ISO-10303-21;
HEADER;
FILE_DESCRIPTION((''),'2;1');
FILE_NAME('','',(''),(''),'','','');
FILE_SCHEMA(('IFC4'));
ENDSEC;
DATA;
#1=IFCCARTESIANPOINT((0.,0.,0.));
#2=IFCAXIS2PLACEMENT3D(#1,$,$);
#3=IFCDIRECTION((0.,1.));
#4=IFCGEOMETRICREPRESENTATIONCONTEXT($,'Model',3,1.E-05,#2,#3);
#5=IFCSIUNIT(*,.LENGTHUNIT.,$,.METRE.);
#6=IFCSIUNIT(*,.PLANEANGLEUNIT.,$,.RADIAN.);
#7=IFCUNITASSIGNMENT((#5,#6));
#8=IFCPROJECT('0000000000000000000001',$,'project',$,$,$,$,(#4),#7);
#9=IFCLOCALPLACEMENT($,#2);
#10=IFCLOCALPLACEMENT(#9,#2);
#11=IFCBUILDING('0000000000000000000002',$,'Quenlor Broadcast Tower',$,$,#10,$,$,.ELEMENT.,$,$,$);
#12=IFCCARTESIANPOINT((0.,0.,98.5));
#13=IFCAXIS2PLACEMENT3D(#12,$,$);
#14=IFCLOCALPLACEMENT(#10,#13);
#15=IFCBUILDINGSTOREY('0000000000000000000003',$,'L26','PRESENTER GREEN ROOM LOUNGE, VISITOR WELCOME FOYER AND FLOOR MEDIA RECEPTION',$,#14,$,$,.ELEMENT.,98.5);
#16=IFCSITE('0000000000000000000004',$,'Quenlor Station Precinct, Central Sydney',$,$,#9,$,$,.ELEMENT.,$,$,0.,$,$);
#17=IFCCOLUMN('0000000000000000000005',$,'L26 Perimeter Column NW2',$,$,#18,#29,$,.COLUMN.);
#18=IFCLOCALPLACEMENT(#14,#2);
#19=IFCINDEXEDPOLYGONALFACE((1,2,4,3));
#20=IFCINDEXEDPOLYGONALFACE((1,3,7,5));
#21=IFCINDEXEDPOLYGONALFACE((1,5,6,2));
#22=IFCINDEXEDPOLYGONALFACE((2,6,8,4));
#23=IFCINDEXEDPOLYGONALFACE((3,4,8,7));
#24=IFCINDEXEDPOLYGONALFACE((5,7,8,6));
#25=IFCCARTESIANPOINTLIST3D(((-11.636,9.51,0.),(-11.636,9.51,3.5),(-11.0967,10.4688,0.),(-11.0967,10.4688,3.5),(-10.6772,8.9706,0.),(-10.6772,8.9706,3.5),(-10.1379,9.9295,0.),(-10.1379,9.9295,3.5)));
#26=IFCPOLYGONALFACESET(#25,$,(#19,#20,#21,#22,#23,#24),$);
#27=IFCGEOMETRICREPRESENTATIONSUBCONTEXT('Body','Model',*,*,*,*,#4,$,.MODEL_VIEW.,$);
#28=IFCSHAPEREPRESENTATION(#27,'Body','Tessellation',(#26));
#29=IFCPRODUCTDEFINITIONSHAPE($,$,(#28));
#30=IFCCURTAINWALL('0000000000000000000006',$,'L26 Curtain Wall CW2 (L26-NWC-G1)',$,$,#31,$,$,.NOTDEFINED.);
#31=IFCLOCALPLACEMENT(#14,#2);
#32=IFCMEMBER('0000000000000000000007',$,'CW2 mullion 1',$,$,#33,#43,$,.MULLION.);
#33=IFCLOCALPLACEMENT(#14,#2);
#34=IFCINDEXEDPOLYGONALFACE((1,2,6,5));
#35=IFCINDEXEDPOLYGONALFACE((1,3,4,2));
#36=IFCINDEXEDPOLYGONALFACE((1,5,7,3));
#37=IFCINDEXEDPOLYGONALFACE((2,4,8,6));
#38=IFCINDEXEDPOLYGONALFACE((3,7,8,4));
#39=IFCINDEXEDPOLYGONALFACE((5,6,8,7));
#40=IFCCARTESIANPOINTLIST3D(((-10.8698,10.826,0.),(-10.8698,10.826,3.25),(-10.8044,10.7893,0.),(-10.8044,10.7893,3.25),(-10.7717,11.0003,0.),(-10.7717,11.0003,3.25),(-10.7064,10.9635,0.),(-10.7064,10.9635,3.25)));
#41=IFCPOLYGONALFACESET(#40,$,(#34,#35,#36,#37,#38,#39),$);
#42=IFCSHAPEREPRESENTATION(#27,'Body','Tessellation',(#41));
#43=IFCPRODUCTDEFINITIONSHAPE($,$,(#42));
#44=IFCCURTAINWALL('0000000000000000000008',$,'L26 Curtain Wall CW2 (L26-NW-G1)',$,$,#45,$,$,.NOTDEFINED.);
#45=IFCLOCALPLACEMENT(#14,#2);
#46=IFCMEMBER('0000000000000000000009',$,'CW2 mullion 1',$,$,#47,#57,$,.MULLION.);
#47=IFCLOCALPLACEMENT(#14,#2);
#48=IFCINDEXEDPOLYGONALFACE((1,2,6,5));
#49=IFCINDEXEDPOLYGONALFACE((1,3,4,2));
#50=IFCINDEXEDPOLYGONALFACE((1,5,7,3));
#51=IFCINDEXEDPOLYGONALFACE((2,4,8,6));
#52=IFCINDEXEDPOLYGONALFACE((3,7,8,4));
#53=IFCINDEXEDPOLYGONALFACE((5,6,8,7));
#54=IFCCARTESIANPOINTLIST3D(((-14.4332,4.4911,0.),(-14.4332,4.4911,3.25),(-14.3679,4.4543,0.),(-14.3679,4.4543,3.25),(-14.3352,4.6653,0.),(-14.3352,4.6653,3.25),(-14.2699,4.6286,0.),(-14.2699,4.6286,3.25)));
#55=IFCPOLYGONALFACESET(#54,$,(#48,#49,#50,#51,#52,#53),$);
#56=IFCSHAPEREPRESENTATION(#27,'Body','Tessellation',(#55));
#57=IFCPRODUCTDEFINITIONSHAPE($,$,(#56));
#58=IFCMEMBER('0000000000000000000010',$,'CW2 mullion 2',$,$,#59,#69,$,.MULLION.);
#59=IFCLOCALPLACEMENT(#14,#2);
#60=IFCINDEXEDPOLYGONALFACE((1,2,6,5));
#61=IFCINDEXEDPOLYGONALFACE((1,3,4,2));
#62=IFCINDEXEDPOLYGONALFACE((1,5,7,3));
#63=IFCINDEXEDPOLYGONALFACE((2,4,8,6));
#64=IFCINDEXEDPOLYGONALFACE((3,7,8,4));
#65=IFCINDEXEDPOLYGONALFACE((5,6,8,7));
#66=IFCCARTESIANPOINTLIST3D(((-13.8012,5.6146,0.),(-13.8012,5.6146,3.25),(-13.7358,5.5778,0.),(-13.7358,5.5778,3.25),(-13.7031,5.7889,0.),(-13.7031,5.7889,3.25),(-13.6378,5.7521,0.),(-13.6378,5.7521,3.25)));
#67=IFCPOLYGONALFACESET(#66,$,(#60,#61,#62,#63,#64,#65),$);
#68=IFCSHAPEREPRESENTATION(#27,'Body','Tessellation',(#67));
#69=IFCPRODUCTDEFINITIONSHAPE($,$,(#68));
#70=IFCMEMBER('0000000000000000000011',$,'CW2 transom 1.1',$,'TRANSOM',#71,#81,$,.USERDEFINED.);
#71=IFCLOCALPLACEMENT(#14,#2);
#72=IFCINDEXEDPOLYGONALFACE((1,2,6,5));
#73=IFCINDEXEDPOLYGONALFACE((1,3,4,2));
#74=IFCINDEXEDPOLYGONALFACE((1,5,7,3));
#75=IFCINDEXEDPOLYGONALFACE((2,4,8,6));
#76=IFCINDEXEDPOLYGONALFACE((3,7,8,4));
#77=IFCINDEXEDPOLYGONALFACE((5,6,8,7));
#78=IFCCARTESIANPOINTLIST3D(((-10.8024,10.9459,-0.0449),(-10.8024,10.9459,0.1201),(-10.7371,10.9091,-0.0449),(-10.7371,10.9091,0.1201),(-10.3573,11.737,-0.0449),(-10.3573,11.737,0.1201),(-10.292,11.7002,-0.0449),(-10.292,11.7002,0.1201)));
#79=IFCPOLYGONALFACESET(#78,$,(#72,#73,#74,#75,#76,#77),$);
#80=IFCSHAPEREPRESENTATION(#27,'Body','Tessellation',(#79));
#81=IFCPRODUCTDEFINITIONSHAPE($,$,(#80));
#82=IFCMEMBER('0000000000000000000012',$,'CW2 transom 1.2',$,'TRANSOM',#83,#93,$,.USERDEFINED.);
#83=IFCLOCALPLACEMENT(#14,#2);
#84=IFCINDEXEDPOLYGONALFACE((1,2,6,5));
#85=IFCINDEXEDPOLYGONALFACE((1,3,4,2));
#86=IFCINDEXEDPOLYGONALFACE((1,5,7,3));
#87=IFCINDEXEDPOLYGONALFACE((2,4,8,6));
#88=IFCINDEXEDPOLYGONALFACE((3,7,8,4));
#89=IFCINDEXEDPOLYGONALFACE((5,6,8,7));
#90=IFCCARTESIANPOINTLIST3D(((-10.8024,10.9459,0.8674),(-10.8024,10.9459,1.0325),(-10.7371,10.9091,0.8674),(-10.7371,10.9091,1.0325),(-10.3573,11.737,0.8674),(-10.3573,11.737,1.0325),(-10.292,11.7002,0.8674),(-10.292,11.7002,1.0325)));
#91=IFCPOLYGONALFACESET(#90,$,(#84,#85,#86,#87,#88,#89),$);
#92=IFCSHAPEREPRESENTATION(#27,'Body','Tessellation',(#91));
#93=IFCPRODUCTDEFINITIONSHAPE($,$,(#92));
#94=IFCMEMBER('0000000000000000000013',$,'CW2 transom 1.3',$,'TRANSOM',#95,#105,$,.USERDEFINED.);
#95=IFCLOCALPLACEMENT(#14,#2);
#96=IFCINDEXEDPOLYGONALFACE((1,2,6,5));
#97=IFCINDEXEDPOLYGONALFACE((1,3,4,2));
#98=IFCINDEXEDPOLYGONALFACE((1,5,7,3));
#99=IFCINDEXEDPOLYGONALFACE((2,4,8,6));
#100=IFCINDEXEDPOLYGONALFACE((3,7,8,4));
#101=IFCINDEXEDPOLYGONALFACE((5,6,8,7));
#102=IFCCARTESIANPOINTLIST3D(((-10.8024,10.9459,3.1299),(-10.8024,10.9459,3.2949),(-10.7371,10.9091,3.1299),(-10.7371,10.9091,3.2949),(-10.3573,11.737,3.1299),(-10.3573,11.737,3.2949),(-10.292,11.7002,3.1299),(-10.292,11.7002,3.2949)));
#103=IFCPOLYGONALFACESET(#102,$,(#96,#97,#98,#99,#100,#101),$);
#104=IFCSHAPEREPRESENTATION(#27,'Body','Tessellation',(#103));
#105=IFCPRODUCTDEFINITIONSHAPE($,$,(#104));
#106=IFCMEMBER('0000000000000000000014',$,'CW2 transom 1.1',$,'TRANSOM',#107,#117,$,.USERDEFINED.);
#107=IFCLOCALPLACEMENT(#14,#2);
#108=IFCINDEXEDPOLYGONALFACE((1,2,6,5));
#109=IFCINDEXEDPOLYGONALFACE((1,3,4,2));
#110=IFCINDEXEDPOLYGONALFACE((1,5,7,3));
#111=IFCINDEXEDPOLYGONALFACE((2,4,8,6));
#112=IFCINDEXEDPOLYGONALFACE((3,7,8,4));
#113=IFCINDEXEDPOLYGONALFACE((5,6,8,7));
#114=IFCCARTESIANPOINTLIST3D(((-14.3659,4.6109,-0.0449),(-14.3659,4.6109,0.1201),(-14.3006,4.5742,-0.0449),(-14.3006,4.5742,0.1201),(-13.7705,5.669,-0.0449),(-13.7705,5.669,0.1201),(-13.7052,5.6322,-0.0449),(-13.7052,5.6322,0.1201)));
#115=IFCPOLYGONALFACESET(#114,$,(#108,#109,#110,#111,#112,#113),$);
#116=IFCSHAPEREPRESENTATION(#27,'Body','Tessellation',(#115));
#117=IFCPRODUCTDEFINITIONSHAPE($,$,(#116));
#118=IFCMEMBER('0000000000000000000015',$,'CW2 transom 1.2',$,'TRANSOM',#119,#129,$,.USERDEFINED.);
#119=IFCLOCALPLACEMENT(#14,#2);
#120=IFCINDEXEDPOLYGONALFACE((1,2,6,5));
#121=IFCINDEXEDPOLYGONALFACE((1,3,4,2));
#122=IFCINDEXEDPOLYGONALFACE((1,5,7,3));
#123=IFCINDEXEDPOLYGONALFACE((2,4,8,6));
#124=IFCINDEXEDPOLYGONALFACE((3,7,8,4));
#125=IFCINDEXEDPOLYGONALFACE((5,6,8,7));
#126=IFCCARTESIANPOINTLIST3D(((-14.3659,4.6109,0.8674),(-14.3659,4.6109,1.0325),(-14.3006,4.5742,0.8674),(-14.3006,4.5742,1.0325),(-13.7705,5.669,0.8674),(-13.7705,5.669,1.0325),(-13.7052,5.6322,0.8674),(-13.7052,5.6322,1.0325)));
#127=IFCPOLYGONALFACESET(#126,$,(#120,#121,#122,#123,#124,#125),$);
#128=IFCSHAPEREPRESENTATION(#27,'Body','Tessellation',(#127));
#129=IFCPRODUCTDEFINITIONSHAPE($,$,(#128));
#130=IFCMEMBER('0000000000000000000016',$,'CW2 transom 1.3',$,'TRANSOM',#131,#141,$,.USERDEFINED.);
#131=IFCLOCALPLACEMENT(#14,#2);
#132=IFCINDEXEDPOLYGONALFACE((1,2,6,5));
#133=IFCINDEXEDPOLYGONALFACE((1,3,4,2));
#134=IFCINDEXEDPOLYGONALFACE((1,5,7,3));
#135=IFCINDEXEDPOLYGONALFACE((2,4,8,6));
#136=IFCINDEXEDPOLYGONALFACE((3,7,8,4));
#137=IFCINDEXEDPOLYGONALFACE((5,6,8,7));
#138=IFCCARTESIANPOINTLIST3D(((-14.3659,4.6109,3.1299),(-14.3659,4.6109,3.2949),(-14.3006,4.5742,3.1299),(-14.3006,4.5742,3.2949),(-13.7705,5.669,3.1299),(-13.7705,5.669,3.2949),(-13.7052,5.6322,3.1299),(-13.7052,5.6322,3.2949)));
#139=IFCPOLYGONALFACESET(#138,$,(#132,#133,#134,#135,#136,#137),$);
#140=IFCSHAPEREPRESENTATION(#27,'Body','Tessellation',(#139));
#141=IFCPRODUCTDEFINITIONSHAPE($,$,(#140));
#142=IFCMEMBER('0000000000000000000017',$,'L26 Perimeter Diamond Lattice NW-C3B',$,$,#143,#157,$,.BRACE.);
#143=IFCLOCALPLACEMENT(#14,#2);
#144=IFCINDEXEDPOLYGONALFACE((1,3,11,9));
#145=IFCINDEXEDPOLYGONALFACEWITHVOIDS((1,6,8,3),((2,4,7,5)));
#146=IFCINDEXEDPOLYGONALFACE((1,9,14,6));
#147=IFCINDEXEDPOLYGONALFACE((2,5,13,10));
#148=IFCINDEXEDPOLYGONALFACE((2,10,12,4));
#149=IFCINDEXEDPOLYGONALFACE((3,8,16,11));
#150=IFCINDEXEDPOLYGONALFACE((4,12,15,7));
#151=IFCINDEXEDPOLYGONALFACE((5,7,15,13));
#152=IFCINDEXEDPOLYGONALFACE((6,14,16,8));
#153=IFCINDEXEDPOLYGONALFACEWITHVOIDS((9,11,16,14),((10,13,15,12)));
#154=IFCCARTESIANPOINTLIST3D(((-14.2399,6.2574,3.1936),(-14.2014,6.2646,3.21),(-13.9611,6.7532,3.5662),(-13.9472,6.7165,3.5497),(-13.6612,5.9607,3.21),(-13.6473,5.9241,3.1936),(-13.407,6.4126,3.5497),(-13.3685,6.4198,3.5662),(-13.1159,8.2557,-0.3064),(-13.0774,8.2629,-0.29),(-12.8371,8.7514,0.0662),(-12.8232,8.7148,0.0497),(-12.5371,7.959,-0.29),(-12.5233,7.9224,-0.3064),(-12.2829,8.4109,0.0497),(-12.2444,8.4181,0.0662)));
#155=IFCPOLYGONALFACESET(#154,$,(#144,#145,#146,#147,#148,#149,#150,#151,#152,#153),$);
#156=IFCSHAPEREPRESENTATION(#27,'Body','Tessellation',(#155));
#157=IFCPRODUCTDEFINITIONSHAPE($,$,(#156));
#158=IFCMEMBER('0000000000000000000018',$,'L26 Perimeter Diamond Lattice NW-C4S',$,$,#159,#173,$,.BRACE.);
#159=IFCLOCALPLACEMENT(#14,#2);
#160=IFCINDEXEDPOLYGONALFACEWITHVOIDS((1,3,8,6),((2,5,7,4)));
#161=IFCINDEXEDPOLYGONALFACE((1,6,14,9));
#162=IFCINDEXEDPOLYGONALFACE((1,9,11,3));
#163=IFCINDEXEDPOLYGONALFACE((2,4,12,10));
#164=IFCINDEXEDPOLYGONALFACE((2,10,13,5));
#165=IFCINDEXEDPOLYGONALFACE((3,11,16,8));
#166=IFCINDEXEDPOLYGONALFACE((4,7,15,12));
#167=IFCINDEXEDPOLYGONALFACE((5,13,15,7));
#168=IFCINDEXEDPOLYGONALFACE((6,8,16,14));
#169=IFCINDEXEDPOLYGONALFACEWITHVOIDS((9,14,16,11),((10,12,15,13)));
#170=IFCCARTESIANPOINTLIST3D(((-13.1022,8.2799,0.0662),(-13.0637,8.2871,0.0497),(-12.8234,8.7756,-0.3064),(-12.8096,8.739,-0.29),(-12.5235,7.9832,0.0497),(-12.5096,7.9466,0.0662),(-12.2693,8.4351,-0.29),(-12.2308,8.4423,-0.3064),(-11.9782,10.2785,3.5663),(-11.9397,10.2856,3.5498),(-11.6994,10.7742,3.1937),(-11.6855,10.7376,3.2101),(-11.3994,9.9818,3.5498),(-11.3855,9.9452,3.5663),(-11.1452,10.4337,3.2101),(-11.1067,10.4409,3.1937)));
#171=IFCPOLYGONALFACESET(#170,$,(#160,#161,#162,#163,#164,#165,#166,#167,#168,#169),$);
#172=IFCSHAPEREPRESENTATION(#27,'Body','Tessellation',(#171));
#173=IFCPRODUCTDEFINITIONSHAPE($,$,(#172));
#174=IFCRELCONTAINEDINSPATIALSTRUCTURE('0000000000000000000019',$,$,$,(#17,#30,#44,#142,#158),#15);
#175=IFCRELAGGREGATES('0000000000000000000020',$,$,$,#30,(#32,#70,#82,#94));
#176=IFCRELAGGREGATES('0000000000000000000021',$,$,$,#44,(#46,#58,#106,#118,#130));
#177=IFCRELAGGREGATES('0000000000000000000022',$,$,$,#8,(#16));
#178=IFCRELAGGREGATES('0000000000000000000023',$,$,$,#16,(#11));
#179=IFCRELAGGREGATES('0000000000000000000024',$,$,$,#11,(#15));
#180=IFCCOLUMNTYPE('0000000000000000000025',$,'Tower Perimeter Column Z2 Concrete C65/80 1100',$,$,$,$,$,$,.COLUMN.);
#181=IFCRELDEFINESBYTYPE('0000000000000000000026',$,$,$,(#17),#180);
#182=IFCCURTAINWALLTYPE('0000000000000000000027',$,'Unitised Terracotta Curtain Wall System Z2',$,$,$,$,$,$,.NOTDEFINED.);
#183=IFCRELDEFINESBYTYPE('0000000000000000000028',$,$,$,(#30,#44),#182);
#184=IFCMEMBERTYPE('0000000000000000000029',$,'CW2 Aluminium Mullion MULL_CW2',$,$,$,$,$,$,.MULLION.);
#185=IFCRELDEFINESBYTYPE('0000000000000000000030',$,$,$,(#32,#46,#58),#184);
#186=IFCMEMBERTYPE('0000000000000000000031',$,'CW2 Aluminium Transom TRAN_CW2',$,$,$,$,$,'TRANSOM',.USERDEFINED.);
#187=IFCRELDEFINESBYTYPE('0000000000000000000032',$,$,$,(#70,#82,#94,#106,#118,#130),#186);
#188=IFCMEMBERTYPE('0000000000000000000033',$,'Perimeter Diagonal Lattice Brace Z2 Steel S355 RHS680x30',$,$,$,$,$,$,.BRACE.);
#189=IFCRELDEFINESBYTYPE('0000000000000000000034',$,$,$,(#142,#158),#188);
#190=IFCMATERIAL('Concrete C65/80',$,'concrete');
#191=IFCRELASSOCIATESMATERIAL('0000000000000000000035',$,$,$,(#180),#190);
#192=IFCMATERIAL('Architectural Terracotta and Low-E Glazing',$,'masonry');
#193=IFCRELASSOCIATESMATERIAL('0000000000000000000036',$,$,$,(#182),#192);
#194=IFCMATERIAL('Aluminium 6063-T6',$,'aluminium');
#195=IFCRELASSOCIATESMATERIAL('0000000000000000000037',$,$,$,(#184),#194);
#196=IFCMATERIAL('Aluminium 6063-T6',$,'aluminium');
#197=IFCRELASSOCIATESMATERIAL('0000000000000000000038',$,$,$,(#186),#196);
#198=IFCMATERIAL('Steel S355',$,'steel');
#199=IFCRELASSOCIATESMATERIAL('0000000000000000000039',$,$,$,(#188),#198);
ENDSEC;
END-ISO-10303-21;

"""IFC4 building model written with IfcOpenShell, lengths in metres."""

from ifc_helpers import new_model, si_unit, direction, frame, origin, origin_2d, place, context, subcontext, project, spatial, rectangle, hollow_rectangle, extrude, material, material_profile, profile_set, type_object, element, aggregate, save


model = new_model("IFC4")

# Units and contexts
model_context = context("Model", 3, precision=1e-05, world=origin(), true_north=direction((0.0, 1.0)))
body_context = subcontext(model_context, "Body", "Model", "MODEL_VIEW")
ifc_project = project(units=[si_unit("LENGTHUNIT", "METRE"), si_unit("PLANEANGLEUNIT", "RADIAN")], contexts=[model_context])

# Site, building, storey
site_placement = place(None, origin())
site = spatial("IfcSite", under=ifc_project, at=site_placement, Name="Quenlor Station Precinct, Central Sydney", CompositionType="ELEMENT", RefElevation=0.0)
building_placement = place(site_placement, origin())
building = spatial("IfcBuilding", under=site, at=building_placement, Name="Quenlor Broadcast Tower", CompositionType="ELEMENT")
storey_placement = place(building_placement, frame((0.0, 0.0, 98.5)))
storey = spatial("IfcBuildingStorey", under=building, at=storey_placement, Name="L26", Description="PRESENTER GREEN ROOM LOUNGE, VISITOR WELCOME FOYER AND FLOOR MEDIA RECEPTION", CompositionType="ELEMENT", Elevation=98.5)

# Column
ifc_material_1 = material(Name="Concrete C65/80", Category="concrete")
ifc_material_profile_1 = material_profile(ifc_material_1, rectangle(XDim=1.1001, YDim=1.1001, at=origin_2d()))
ifc_profile_set_1 = profile_set([ifc_material_profile_1], Name="Concrete C65/80 RC1100x1100")
column_type = type_object("IfcColumnType", Name="Tower Perimeter Column Z2 Concrete C65/80 1100", PredefinedType="COLUMN", material=ifc_profile_set_1)
column_placement = place(storey_placement, frame((-10.887, 9.7197, 0.0), z_axis=(0.0, 0.0, 1.0), x_axis=(-0.871575, 0.490262, 0.0)))
element("IfcColumn", 1, at=column_placement, inside=storey, type_object=column_type, Name="L26 Perimeter Column NW2", PredefinedType="COLUMN", context=body_context, shape_type="SweptSolid", body=[
    extrude(rectangle(XDim=1.1001, YDim=1.1001, at=origin_2d()), origin(), (0.0, 0.0, 1.0), 3.5),
])

# Curtain wall, member
ifc_material_2 = material(Name="Architectural Terracotta and Low-E Glazing", Category="masonry")
curtain_wall_type = type_object("IfcCurtainWallType", Name="Unitised Terracotta Curtain Wall System Z2", PredefinedType="NOTDEFINED", material=ifc_material_2)
curtain_wall_1_placement = place(storey_placement, origin())
curtain_wall_1 = element("IfcCurtainWall", 2, at=curtain_wall_1_placement, inside=storey, type_object=curtain_wall_type, Name="L26 Curtain Wall CW2 (L26-NWC-G1)", PredefinedType="NOTDEFINED")
ifc_material_3 = material(Name="Aluminium 6063-T6", Category="aluminium")
ifc_material_profile_2 = material_profile(ifc_material_3, rectangle(XDim=0.075, YDim=0.2, at=origin_2d()))
ifc_profile_set_2 = profile_set([ifc_material_profile_2], Name="Aluminium 6063-T6 MULL75x200")
member_type_1 = type_object("IfcMemberType", Name="CW2 Aluminium Mullion MULL_CW2", PredefinedType="MULLION", material=ifc_profile_set_2)
member_1_placement = place(storey_placement, frame((-10.7881, 10.8948, 0.0), z_axis=(0.0, 0.0, 1.0), x_axis=(-0.871581, 0.490252, 0.0)))
member_1 = element("IfcMember", 3, at=member_1_placement, type_object=member_type_1, Name="CW2 mullion 1", PredefinedType="MULLION", context=body_context, shape_type="SweptSolid", body=[
    extrude(rectangle(XDim=0.075, YDim=0.2, at=origin_2d()), origin(), (0.0, 0.0, 1.0), 3.25),
])

# Curtain wall, members
curtain_wall_2_placement = place(storey_placement, origin())
curtain_wall_2 = element("IfcCurtainWall", 4, at=curtain_wall_2_placement, inside=storey, type_object=curtain_wall_type, Name="L26 Curtain Wall CW2 (L26-NW-G1)", PredefinedType="NOTDEFINED")
member_2_placement = place(storey_placement, frame((-14.3516, 4.5598, 0.0), z_axis=(0.0, 0.0, 1.0), x_axis=(-0.871579, 0.490254, 0.0)))
member_2 = element("IfcMember", 5, at=member_2_placement, type_object=member_type_1, Name="CW2 mullion 1", PredefinedType="MULLION", context=body_context, shape_type="SweptSolid", body=[
    extrude(rectangle(XDim=0.075, YDim=0.2, at=origin_2d()), origin(), (0.0, 0.0, 1.0), 3.25),
])
member_3_placement = place(storey_placement, frame((-13.7195, 5.6833, 0.0), z_axis=(0.0, 0.0, 1.0), x_axis=(-0.871579, 0.490254, 0.0)))
member_3 = element("IfcMember", 6, at=member_3_placement, type_object=member_type_1, Name="CW2 mullion 2", PredefinedType="MULLION", context=body_context, shape_type="SweptSolid", body=[
    extrude(rectangle(XDim=0.075, YDim=0.2, at=origin_2d()), origin(), (0.0, 0.0, 1.0), 3.25),
])

# Members
ifc_material_4 = material(Name="Aluminium 6063-T6", Category="aluminium")
ifc_material_profile_3 = material_profile(ifc_material_4, rectangle(XDim=0.075, YDim=0.165, at=origin_2d()))
ifc_profile_set_3 = profile_set([ifc_material_profile_3], Name="Aluminium 6063-T6 TRAN75x165")
member_type_2 = type_object("IfcMemberType", Name="CW2 Aluminium Transom TRAN_CW2", ElementType="TRANSOM", PredefinedType="USERDEFINED", material=ifc_profile_set_3)
member_4_placement = place(storey_placement, frame((-10.7698, 10.9275, 0.0376), z_axis=(0.490363, 0.871518, 0.0), x_axis=(-0.871518, 0.490363, 0.0)))
member_4 = element("IfcMember", 7, at=member_4_placement, type_object=member_type_2, Name="CW2 transom 1.1", ObjectType="TRANSOM", PredefinedType="USERDEFINED", context=body_context, shape_type="SweptSolid", body=[
    extrude(rectangle(XDim=0.075, YDim=0.165, at=origin_2d()), origin(), (0.0, 0.0, 1.0), 0.9077),
])
member_5_placement = place(storey_placement, frame((-10.7698, 10.9275, 0.95), z_axis=(0.490363, 0.871518, 0.0), x_axis=(-0.871518, 0.490363, 0.0)))
member_5 = element("IfcMember", 8, at=member_5_placement, type_object=member_type_2, Name="CW2 transom 1.2", ObjectType="TRANSOM", PredefinedType="USERDEFINED", context=body_context, shape_type="SweptSolid", body=[
    extrude(rectangle(XDim=0.075, YDim=0.165, at=origin_2d()), origin(), (0.0, 0.0, 1.0), 0.9077),
])
member_6_placement = place(storey_placement, frame((-10.7698, 10.9275, 3.2124), z_axis=(0.490363, 0.871518, 0.0), x_axis=(-0.871518, 0.490363, 0.0)))
member_6 = element("IfcMember", 9, at=member_6_placement, type_object=member_type_2, Name="CW2 transom 1.3", ObjectType="TRANSOM", PredefinedType="USERDEFINED", context=body_context, shape_type="SweptSolid", body=[
    extrude(rectangle(XDim=0.075, YDim=0.165, at=origin_2d()), origin(), (0.0, 0.0, 1.0), 0.9077),
])
aggregate(curtain_wall_1, [member_1, member_4, member_5, member_6])
member_7_placement = place(storey_placement, frame((-14.3333, 4.5925, 0.0376), z_axis=(0.490433, 0.871479, 0.0), x_axis=(-0.871479, 0.490433, 0.0)))
member_7 = element("IfcMember", 10, at=member_7_placement, type_object=member_type_2, Name="CW2 transom 1.1", ObjectType="TRANSOM", PredefinedType="USERDEFINED", context=body_context, shape_type="SweptSolid", body=[
    extrude(rectangle(XDim=0.075, YDim=0.165, at=origin_2d()), origin(), (0.0, 0.0, 1.0), 1.2141),
])
member_8_placement = place(storey_placement, frame((-14.3333, 4.5925, 0.95), z_axis=(0.490433, 0.871479, 0.0), x_axis=(-0.871479, 0.490433, 0.0)))
member_8 = element("IfcMember", 11, at=member_8_placement, type_object=member_type_2, Name="CW2 transom 1.2", ObjectType="TRANSOM", PredefinedType="USERDEFINED", context=body_context, shape_type="SweptSolid", body=[
    extrude(rectangle(XDim=0.075, YDim=0.165, at=origin_2d()), origin(), (0.0, 0.0, 1.0), 1.2141),
])
member_9_placement = place(storey_placement, frame((-14.3333, 4.5925, 3.2124), z_axis=(0.490433, 0.871479, 0.0), x_axis=(-0.871479, 0.490433, 0.0)))
member_9 = element("IfcMember", 12, at=member_9_placement, type_object=member_type_2, Name="CW2 transom 1.3", ObjectType="TRANSOM", PredefinedType="USERDEFINED", context=body_context, shape_type="SweptSolid", body=[
    extrude(rectangle(XDim=0.075, YDim=0.165, at=origin_2d()), origin(), (0.0, 0.0, 1.0), 1.2141),
])

# Members
ifc_material_5 = material(Name="Steel S355", Category="steel")
ifc_material_profile_4 = material_profile(ifc_material_5, hollow_rectangle(XDim=0.6799, YDim=0.6799, WallThickness=0.03, at=origin_2d()))
ifc_profile_set_4 = profile_set([ifc_material_profile_4], Name="Steel S355 RHS680x680x30")
member_type_3 = type_object("IfcMemberType", Name="Perimeter Diagonal Lattice Brace Z2 Steel S355 RHS680x30", PredefinedType="BRACE", material=ifc_profile_set_4)
member_10_placement = place(storey_placement, frame((-12.6802, 8.3369, -0.1201), z_axis=(-0.268642, -0.477593, 0.836502), x_axis=(0.871578, -0.490256, 0.0)))
element("IfcMember", 13, at=member_10_placement, inside=storey, type_object=member_type_3, Name="L26 Perimeter Diamond Lattice NW-C3B", PredefinedType="BRACE", context=body_context, shape_type="SweptSolid", body=[
    extrude(hollow_rectangle(XDim=0.6799, YDim=0.6799, WallThickness=0.03, at=origin_2d()), origin(), (0.0, 0.0, 1.0), 4.1841),
])
member_11_placement = place(storey_placement, frame((-12.6665, 8.3611, -0.1201), z_axis=(0.268635, 0.477638, 0.836479), x_axis=(-0.871604, 0.490211, 0.0)))
element("IfcMember", 14, at=member_11_placement, inside=storey, type_object=member_type_3, Name="L26 Perimeter Diamond Lattice NW-C4S", PredefinedType="BRACE", context=body_context, shape_type="SweptSolid", body=[
    extrude(hollow_rectangle(XDim=0.6799, YDim=0.6799, WallThickness=0.03, at=origin_2d()), origin(), (0.0, 0.0, 1.0), 4.1843),
])

aggregate(curtain_wall_2, [member_2, member_3, member_7, member_8, member_9])

save(model, "model.ifc")
